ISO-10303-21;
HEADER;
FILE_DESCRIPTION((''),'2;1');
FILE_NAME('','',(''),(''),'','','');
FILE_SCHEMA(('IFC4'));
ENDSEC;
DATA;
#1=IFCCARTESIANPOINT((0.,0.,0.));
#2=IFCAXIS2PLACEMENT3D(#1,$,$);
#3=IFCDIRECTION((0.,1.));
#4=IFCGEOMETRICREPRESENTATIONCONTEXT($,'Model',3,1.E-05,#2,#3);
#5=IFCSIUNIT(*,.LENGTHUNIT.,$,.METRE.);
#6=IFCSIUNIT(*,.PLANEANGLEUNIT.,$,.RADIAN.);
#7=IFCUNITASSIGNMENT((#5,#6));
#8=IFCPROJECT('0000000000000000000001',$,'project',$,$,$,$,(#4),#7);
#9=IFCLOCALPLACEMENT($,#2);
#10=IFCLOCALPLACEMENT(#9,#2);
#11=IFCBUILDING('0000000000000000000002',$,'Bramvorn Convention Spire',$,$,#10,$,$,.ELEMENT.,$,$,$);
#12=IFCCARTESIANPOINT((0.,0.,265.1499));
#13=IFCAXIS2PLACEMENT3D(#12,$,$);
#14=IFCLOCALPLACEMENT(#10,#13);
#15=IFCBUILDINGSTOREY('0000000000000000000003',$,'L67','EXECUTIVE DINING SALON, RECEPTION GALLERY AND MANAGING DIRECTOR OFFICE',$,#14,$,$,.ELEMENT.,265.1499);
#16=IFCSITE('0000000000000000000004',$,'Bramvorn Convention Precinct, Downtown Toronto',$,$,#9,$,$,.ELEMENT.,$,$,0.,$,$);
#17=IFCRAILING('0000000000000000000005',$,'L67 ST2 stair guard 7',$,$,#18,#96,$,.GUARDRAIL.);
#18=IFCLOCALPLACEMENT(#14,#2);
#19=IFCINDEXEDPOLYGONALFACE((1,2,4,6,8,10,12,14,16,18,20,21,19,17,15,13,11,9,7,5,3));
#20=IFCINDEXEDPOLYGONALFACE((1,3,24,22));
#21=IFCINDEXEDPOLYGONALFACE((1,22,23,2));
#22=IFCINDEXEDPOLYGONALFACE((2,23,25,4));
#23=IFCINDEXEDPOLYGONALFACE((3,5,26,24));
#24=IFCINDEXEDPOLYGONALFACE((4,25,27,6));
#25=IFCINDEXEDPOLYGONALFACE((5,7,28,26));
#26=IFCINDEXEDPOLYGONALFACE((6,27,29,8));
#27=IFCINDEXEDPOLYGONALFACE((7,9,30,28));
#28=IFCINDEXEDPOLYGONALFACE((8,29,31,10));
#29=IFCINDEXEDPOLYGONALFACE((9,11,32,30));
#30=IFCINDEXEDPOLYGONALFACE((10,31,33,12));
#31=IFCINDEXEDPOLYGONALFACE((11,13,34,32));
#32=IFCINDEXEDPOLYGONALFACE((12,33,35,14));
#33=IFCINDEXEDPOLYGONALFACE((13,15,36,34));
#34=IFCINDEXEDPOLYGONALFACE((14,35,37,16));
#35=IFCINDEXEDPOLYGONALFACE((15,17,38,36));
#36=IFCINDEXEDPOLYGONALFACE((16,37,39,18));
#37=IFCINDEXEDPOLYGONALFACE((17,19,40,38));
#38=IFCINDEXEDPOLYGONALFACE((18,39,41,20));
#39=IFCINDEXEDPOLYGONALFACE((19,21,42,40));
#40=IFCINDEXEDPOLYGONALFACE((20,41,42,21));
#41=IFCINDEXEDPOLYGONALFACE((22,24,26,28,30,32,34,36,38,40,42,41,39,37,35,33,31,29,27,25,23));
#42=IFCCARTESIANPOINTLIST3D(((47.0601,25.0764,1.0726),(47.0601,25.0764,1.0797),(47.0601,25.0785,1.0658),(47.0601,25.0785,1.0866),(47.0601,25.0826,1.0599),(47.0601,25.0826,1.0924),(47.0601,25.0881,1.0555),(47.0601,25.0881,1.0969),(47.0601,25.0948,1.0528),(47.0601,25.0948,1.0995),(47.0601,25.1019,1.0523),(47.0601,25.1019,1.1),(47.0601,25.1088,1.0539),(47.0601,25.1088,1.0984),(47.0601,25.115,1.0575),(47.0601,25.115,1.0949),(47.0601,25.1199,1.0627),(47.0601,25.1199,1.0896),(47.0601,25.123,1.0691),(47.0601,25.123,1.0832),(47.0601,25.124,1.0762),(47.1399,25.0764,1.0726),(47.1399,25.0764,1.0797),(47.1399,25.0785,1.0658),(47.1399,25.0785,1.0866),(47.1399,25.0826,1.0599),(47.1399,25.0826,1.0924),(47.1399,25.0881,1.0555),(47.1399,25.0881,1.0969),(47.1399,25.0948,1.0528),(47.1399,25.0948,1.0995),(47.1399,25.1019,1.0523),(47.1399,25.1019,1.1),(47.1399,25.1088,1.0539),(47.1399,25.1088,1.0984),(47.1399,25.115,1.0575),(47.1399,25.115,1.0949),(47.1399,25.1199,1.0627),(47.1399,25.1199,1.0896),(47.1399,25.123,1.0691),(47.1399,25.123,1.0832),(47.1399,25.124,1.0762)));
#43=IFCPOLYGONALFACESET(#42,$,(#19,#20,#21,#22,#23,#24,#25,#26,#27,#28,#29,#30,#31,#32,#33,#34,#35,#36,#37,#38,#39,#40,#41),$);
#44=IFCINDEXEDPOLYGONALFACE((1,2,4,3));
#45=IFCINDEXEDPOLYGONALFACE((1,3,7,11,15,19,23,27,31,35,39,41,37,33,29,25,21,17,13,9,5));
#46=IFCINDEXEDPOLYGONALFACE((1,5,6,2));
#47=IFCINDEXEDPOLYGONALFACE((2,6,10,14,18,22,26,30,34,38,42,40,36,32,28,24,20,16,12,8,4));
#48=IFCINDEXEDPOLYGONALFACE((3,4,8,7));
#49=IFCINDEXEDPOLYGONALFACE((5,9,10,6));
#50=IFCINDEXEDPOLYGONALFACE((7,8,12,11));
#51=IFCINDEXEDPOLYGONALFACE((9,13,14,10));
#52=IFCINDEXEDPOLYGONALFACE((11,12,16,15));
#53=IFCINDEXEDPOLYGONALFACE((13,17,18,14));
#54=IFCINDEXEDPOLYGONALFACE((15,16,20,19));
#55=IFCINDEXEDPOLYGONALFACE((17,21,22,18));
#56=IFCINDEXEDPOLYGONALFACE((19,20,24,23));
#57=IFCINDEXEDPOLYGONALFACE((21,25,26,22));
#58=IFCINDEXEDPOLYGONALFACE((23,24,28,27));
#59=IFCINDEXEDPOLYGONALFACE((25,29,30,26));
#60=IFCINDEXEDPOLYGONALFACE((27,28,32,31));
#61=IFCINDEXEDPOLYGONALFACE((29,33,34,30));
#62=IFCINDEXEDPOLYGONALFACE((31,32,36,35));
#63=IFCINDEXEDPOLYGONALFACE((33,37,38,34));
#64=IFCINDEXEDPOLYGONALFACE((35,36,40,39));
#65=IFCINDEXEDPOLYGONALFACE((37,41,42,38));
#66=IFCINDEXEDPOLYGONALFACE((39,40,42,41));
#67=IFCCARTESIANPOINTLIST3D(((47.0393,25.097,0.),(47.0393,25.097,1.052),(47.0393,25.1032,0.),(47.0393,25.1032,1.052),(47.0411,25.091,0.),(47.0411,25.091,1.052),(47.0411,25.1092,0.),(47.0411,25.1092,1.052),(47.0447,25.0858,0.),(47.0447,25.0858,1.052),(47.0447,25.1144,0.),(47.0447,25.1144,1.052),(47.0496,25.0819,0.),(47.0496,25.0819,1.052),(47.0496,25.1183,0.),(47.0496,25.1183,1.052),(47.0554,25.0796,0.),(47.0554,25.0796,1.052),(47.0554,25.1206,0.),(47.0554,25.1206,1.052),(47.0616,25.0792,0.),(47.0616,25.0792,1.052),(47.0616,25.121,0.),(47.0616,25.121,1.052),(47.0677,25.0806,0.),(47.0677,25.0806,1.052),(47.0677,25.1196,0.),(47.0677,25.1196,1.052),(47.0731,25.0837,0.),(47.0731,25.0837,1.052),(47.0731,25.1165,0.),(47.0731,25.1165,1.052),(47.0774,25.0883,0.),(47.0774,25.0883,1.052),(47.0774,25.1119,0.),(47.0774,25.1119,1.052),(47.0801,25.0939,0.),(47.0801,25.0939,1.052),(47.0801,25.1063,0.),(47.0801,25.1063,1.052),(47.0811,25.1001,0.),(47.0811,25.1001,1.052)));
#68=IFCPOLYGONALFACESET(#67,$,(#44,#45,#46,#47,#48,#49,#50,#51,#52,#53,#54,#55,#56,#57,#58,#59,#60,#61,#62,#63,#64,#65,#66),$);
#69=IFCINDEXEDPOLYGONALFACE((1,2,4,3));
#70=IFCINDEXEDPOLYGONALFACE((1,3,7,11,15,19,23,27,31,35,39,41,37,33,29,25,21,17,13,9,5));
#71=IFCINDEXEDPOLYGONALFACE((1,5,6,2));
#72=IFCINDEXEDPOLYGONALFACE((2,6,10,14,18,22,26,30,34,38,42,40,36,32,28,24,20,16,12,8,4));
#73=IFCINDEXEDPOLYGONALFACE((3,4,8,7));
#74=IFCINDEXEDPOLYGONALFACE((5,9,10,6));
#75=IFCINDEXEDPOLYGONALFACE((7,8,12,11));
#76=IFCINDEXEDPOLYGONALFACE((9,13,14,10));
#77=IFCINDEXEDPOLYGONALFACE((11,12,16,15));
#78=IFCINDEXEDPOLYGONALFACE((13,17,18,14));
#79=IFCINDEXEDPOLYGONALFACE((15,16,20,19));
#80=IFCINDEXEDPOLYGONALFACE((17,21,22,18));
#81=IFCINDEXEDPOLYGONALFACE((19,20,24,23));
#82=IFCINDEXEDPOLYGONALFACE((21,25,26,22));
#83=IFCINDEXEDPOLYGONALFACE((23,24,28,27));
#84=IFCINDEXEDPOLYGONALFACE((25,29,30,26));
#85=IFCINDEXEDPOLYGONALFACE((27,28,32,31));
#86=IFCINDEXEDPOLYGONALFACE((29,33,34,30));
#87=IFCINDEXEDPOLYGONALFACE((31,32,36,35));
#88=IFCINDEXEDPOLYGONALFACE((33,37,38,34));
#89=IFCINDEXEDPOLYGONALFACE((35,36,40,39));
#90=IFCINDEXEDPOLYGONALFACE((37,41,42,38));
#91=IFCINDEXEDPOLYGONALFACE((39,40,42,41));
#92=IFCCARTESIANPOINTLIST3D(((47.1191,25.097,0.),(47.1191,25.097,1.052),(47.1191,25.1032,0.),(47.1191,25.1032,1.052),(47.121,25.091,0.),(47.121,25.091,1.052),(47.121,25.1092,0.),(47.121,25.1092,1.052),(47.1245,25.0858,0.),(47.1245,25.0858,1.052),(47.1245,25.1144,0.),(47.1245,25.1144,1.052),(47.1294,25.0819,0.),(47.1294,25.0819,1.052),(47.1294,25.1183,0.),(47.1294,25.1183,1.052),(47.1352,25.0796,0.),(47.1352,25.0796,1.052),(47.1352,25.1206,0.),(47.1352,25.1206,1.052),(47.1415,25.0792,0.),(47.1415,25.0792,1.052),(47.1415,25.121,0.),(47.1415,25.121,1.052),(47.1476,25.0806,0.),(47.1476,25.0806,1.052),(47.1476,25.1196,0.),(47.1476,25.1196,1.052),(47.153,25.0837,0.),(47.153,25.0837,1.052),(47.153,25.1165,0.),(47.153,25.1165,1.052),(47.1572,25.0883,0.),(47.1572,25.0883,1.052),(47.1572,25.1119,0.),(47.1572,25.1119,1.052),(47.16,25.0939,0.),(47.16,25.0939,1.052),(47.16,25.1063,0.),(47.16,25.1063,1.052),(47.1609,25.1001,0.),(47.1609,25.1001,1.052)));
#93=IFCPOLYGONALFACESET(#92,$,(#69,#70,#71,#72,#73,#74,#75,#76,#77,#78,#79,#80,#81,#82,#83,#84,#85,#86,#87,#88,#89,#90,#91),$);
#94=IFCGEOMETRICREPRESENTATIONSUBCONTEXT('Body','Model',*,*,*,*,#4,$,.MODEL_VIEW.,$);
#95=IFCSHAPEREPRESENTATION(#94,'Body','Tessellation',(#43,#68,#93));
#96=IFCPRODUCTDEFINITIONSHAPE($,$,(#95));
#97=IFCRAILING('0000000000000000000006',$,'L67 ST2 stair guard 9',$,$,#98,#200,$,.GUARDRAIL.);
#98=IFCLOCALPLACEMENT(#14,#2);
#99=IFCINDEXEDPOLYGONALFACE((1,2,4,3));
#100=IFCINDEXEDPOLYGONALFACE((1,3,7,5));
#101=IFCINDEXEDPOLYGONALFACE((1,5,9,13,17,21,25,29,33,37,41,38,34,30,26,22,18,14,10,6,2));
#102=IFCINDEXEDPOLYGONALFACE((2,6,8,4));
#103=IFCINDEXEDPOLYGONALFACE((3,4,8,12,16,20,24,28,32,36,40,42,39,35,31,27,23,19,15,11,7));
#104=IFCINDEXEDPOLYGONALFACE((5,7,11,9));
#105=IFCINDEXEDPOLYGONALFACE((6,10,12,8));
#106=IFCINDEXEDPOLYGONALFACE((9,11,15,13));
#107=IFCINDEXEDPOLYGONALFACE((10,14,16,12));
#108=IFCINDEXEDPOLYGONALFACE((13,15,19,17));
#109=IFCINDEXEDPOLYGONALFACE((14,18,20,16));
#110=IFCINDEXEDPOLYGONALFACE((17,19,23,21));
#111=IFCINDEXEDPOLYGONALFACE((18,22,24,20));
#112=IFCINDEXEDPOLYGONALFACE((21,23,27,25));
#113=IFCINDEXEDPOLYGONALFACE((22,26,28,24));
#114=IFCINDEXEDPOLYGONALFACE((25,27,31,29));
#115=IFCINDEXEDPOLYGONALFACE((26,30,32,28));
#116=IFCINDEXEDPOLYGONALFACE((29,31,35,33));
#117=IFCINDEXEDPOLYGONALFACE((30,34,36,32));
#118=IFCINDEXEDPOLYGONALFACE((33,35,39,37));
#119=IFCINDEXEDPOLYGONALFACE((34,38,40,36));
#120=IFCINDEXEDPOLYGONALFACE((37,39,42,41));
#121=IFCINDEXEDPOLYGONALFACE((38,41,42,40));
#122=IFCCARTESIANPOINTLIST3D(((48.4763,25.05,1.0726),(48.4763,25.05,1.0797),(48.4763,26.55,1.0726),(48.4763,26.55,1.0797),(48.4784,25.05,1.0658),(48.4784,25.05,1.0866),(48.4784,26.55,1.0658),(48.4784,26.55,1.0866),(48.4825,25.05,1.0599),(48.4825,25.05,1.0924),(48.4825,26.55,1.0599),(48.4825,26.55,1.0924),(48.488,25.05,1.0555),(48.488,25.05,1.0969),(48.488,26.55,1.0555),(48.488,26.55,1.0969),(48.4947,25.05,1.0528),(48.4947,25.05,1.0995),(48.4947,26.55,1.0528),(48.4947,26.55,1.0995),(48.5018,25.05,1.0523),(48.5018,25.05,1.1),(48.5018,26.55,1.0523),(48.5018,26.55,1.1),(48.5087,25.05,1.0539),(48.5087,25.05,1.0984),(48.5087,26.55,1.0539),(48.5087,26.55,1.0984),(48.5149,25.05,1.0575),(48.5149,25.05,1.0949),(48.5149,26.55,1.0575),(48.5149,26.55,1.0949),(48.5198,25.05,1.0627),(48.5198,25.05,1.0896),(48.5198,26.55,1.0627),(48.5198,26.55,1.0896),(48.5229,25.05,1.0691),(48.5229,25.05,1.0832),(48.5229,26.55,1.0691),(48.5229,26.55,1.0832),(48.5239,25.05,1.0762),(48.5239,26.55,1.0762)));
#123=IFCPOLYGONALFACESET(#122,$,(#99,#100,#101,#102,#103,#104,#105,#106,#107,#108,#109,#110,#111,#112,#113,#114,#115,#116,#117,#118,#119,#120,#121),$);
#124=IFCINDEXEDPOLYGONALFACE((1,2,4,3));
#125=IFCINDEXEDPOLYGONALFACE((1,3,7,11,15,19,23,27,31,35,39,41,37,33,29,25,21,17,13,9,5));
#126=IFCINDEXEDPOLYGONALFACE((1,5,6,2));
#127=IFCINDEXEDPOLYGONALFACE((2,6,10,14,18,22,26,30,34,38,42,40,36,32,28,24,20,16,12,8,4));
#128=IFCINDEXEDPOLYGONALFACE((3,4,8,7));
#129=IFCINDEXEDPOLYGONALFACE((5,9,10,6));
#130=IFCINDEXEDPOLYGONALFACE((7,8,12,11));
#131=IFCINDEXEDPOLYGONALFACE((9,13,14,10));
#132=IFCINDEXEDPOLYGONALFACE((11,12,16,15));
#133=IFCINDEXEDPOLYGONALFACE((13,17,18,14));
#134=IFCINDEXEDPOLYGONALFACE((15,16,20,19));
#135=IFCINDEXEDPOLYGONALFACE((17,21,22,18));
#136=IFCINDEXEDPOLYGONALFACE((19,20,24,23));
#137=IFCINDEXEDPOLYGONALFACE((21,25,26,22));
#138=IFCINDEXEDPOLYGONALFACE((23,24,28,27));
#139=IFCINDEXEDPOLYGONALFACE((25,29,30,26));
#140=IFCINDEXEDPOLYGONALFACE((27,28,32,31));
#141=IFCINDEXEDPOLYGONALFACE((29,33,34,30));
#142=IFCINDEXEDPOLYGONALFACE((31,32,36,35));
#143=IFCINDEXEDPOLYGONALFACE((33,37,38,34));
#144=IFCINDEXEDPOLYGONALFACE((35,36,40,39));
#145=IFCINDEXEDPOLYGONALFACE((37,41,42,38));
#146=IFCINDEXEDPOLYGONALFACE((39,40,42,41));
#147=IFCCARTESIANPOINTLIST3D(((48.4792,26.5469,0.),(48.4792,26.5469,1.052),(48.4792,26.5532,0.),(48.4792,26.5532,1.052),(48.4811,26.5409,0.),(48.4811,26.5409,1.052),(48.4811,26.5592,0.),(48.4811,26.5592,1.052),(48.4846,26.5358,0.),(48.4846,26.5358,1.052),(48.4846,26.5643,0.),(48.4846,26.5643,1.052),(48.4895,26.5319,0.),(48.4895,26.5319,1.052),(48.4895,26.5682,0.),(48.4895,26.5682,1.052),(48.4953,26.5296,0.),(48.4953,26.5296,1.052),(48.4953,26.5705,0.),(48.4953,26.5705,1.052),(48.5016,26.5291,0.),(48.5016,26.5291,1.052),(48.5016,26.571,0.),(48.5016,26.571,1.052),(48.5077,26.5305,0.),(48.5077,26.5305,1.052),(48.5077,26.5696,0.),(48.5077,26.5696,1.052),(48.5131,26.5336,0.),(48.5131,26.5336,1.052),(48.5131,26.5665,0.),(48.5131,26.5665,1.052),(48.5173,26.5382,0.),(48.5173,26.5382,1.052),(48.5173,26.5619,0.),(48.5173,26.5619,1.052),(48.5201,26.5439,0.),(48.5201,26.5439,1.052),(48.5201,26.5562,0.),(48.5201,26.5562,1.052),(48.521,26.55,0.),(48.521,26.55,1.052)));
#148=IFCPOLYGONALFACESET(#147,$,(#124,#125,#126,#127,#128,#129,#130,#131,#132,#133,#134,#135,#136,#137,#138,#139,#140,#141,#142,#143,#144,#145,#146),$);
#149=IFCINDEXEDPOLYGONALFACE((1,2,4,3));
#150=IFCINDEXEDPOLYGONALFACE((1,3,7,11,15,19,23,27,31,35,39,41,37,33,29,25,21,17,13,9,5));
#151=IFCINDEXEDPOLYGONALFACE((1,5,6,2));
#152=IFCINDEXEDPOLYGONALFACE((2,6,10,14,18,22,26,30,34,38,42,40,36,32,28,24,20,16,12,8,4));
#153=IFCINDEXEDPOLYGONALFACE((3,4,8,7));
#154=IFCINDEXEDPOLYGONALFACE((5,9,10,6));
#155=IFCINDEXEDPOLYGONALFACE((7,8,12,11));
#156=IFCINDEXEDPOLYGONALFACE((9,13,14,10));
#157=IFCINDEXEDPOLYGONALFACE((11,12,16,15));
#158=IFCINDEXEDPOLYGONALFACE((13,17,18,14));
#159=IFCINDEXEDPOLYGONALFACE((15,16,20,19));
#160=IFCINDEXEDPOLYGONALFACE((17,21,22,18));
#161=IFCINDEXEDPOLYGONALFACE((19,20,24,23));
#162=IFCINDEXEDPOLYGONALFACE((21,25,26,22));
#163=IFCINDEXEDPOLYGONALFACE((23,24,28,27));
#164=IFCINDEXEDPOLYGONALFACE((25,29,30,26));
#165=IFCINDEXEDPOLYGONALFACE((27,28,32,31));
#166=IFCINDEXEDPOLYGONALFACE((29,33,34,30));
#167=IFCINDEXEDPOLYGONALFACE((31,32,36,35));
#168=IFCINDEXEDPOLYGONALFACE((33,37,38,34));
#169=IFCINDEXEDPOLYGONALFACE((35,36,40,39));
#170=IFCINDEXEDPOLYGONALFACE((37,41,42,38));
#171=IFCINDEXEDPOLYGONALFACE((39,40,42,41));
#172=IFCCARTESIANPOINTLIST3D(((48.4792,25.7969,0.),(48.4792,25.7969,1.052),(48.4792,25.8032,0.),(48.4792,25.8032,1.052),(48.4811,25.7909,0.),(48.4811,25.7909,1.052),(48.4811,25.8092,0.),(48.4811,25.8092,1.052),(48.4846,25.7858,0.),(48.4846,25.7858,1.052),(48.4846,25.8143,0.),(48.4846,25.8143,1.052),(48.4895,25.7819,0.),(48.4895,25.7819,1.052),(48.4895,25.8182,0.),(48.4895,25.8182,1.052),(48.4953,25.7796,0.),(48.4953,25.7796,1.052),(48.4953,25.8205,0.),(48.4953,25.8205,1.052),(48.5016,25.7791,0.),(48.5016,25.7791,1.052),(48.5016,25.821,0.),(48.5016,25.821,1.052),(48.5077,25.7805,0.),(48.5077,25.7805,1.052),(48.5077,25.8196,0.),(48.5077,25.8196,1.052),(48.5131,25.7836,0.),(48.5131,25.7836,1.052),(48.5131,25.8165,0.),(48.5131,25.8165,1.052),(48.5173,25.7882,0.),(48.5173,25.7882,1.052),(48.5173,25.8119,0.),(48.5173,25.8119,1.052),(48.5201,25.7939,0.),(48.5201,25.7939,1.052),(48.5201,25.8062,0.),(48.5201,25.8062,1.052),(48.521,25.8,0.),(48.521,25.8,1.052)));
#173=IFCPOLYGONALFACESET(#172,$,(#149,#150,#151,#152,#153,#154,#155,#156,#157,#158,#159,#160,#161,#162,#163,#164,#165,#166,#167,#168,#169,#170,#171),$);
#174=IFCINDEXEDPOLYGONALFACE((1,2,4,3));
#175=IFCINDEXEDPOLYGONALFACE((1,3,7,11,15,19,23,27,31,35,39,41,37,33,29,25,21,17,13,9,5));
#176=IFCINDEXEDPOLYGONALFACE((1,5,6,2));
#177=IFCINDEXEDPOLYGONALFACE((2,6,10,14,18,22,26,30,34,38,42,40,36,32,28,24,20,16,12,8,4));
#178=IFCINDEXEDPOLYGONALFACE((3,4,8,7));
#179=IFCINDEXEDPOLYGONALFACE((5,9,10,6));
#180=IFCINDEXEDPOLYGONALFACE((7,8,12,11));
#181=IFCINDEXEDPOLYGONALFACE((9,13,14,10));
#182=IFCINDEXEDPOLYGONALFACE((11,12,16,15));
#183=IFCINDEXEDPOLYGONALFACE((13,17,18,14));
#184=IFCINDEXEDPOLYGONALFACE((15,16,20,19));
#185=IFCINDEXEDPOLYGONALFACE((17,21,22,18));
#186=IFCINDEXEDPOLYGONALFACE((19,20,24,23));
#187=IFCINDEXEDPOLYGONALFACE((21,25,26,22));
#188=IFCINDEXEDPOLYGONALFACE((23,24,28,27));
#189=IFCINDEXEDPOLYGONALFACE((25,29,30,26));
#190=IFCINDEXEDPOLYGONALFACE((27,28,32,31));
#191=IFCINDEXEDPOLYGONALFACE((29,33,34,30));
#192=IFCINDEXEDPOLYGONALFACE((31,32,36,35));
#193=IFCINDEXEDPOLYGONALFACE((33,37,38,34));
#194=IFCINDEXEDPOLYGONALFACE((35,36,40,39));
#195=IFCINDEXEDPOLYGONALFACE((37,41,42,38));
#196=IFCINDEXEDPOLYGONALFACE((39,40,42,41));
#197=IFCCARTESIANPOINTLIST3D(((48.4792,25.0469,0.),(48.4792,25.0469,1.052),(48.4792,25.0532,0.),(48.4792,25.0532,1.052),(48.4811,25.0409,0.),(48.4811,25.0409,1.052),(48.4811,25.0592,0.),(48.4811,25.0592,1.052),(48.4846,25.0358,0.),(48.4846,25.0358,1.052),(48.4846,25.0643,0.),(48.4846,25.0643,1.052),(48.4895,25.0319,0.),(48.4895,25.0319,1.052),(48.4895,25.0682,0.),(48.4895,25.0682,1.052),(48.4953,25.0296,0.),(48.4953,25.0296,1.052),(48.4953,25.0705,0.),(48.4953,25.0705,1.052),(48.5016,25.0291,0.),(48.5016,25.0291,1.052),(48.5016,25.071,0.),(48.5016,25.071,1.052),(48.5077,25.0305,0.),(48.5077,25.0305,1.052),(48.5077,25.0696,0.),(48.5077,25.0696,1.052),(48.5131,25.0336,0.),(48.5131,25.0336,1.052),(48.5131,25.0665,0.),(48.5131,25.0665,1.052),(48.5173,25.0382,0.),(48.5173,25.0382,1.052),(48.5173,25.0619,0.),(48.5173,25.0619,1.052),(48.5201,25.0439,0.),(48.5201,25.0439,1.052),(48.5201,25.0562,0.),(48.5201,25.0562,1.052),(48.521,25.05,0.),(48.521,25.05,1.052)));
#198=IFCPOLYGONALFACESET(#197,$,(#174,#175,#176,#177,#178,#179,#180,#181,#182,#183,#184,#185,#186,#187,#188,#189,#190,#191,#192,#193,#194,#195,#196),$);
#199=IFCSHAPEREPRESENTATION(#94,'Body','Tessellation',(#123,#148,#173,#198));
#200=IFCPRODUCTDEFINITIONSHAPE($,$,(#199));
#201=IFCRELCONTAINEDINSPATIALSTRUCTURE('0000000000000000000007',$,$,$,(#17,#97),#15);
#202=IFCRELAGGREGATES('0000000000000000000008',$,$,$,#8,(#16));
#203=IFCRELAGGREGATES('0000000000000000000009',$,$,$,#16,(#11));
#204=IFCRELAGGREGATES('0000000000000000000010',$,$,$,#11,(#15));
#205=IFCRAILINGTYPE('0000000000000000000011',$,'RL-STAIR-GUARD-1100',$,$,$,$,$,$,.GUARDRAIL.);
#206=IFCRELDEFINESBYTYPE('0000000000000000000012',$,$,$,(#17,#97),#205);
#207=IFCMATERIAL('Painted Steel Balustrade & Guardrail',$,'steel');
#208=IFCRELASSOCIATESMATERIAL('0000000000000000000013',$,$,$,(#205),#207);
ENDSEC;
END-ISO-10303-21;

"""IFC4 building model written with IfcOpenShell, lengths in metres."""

from ifc_helpers import new_model, si_unit, direction, frame, origin, origin_2d, place, context, subcontext, project, spatial, circle, extrude, material, type_object, element, save


model = new_model("IFC4")

# Units and contexts
model_context = context("Model", 3, precision=1e-05, world=origin(), true_north=direction((0.0, 1.0)))
body_context = subcontext(model_context, "Body", "Model", "MODEL_VIEW")
ifc_project = project(units=[si_unit("LENGTHUNIT", "METRE"), si_unit("PLANEANGLEUNIT", "RADIAN")], contexts=[model_context])

# Site, building, storey
site_placement = place(None, origin())
site = spatial("IfcSite", under=ifc_project, at=site_placement, Name="Bramvorn Convention Precinct, Downtown Toronto", CompositionType="ELEMENT", RefElevation=0.0)
building_placement = place(site_placement, origin())
building = spatial("IfcBuilding", under=site, at=building_placement, Name="Bramvorn Convention Spire", CompositionType="ELEMENT")
storey_placement = place(building_placement, frame((0.0, 0.0, 265.1499)))
storey = spatial("IfcBuildingStorey", under=building, at=storey_placement, Name="L67", Description="EXECUTIVE DINING SALON, RECEPTION GALLERY AND MANAGING DIRECTOR OFFICE", CompositionType="ELEMENT", Elevation=265.1499)

# Railings
ifc_material_1 = material(Name="Painted Steel Balustrade & Guardrail", Category="steel")
railing_type_1 = type_object("IfcRailingType", Name="RL-STAIR-GUARD-1100", PredefinedType="GUARDRAIL", material=ifc_material_1)
railing_1_placement = place(storey_placement, frame((47.0601, 25.1001, 0.0)))
element("IfcRailing", 1, at=railing_1_placement, inside=storey, type_object=railing_type_1, Name="L67 ST2 stair guard 7", PredefinedType="GUARDRAIL", context=body_context, shape_type="SweptSolid", body=[
    extrude(circle(Radius=0.0239, at=origin_2d()), frame((0.0, 0.0, 1.0762), z_axis=(1.0, 0.0, 0.0), x_axis=(0.0, 1.0, 0.0)), (0.0, 0.0, 1.0), 0.0798),
    extrude(circle(Radius=0.021, at=origin_2d()), origin(), (0.0, 0.0, 1.0), 1.052),
    extrude(circle(Radius=0.021, at=origin_2d()), frame((0.0798, 0.0, 0.0)), (0.0, 0.0, 1.0), 1.052),
])
railing_2_placement = place(storey_placement, frame((48.5, 26.55, 0.0)))
element("IfcRailing", 2, at=railing_2_placement, inside=storey, type_object=railing_type_1, Name="L67 ST2 stair guard 9", PredefinedType="GUARDRAIL", context=body_context, shape_type="SweptSolid", body=[
    extrude(circle(Radius=0.0239, at=origin_2d()), frame((0.0, 0.0, 1.0762), z_axis=(0.0, -1.0, 0.0), x_axis=(1.0, 0.0, 0.0)), (0.0, 0.0, 1.0), 1.5),
    extrude(circle(Radius=0.021, at=origin_2d()), origin(), (0.0, 0.0, 1.0), 1.052),
    extrude(circle(Radius=0.021, at=origin_2d()), frame((0.0, -0.75, 0.0)), (0.0, 0.0, 1.0), 1.052),
    extrude(circle(Radius=0.021, at=origin_2d()), frame((0.0, -1.5, 0.0)), (0.0, 0.0, 1.0), 1.052),
])

save(model, "model.ifc")
